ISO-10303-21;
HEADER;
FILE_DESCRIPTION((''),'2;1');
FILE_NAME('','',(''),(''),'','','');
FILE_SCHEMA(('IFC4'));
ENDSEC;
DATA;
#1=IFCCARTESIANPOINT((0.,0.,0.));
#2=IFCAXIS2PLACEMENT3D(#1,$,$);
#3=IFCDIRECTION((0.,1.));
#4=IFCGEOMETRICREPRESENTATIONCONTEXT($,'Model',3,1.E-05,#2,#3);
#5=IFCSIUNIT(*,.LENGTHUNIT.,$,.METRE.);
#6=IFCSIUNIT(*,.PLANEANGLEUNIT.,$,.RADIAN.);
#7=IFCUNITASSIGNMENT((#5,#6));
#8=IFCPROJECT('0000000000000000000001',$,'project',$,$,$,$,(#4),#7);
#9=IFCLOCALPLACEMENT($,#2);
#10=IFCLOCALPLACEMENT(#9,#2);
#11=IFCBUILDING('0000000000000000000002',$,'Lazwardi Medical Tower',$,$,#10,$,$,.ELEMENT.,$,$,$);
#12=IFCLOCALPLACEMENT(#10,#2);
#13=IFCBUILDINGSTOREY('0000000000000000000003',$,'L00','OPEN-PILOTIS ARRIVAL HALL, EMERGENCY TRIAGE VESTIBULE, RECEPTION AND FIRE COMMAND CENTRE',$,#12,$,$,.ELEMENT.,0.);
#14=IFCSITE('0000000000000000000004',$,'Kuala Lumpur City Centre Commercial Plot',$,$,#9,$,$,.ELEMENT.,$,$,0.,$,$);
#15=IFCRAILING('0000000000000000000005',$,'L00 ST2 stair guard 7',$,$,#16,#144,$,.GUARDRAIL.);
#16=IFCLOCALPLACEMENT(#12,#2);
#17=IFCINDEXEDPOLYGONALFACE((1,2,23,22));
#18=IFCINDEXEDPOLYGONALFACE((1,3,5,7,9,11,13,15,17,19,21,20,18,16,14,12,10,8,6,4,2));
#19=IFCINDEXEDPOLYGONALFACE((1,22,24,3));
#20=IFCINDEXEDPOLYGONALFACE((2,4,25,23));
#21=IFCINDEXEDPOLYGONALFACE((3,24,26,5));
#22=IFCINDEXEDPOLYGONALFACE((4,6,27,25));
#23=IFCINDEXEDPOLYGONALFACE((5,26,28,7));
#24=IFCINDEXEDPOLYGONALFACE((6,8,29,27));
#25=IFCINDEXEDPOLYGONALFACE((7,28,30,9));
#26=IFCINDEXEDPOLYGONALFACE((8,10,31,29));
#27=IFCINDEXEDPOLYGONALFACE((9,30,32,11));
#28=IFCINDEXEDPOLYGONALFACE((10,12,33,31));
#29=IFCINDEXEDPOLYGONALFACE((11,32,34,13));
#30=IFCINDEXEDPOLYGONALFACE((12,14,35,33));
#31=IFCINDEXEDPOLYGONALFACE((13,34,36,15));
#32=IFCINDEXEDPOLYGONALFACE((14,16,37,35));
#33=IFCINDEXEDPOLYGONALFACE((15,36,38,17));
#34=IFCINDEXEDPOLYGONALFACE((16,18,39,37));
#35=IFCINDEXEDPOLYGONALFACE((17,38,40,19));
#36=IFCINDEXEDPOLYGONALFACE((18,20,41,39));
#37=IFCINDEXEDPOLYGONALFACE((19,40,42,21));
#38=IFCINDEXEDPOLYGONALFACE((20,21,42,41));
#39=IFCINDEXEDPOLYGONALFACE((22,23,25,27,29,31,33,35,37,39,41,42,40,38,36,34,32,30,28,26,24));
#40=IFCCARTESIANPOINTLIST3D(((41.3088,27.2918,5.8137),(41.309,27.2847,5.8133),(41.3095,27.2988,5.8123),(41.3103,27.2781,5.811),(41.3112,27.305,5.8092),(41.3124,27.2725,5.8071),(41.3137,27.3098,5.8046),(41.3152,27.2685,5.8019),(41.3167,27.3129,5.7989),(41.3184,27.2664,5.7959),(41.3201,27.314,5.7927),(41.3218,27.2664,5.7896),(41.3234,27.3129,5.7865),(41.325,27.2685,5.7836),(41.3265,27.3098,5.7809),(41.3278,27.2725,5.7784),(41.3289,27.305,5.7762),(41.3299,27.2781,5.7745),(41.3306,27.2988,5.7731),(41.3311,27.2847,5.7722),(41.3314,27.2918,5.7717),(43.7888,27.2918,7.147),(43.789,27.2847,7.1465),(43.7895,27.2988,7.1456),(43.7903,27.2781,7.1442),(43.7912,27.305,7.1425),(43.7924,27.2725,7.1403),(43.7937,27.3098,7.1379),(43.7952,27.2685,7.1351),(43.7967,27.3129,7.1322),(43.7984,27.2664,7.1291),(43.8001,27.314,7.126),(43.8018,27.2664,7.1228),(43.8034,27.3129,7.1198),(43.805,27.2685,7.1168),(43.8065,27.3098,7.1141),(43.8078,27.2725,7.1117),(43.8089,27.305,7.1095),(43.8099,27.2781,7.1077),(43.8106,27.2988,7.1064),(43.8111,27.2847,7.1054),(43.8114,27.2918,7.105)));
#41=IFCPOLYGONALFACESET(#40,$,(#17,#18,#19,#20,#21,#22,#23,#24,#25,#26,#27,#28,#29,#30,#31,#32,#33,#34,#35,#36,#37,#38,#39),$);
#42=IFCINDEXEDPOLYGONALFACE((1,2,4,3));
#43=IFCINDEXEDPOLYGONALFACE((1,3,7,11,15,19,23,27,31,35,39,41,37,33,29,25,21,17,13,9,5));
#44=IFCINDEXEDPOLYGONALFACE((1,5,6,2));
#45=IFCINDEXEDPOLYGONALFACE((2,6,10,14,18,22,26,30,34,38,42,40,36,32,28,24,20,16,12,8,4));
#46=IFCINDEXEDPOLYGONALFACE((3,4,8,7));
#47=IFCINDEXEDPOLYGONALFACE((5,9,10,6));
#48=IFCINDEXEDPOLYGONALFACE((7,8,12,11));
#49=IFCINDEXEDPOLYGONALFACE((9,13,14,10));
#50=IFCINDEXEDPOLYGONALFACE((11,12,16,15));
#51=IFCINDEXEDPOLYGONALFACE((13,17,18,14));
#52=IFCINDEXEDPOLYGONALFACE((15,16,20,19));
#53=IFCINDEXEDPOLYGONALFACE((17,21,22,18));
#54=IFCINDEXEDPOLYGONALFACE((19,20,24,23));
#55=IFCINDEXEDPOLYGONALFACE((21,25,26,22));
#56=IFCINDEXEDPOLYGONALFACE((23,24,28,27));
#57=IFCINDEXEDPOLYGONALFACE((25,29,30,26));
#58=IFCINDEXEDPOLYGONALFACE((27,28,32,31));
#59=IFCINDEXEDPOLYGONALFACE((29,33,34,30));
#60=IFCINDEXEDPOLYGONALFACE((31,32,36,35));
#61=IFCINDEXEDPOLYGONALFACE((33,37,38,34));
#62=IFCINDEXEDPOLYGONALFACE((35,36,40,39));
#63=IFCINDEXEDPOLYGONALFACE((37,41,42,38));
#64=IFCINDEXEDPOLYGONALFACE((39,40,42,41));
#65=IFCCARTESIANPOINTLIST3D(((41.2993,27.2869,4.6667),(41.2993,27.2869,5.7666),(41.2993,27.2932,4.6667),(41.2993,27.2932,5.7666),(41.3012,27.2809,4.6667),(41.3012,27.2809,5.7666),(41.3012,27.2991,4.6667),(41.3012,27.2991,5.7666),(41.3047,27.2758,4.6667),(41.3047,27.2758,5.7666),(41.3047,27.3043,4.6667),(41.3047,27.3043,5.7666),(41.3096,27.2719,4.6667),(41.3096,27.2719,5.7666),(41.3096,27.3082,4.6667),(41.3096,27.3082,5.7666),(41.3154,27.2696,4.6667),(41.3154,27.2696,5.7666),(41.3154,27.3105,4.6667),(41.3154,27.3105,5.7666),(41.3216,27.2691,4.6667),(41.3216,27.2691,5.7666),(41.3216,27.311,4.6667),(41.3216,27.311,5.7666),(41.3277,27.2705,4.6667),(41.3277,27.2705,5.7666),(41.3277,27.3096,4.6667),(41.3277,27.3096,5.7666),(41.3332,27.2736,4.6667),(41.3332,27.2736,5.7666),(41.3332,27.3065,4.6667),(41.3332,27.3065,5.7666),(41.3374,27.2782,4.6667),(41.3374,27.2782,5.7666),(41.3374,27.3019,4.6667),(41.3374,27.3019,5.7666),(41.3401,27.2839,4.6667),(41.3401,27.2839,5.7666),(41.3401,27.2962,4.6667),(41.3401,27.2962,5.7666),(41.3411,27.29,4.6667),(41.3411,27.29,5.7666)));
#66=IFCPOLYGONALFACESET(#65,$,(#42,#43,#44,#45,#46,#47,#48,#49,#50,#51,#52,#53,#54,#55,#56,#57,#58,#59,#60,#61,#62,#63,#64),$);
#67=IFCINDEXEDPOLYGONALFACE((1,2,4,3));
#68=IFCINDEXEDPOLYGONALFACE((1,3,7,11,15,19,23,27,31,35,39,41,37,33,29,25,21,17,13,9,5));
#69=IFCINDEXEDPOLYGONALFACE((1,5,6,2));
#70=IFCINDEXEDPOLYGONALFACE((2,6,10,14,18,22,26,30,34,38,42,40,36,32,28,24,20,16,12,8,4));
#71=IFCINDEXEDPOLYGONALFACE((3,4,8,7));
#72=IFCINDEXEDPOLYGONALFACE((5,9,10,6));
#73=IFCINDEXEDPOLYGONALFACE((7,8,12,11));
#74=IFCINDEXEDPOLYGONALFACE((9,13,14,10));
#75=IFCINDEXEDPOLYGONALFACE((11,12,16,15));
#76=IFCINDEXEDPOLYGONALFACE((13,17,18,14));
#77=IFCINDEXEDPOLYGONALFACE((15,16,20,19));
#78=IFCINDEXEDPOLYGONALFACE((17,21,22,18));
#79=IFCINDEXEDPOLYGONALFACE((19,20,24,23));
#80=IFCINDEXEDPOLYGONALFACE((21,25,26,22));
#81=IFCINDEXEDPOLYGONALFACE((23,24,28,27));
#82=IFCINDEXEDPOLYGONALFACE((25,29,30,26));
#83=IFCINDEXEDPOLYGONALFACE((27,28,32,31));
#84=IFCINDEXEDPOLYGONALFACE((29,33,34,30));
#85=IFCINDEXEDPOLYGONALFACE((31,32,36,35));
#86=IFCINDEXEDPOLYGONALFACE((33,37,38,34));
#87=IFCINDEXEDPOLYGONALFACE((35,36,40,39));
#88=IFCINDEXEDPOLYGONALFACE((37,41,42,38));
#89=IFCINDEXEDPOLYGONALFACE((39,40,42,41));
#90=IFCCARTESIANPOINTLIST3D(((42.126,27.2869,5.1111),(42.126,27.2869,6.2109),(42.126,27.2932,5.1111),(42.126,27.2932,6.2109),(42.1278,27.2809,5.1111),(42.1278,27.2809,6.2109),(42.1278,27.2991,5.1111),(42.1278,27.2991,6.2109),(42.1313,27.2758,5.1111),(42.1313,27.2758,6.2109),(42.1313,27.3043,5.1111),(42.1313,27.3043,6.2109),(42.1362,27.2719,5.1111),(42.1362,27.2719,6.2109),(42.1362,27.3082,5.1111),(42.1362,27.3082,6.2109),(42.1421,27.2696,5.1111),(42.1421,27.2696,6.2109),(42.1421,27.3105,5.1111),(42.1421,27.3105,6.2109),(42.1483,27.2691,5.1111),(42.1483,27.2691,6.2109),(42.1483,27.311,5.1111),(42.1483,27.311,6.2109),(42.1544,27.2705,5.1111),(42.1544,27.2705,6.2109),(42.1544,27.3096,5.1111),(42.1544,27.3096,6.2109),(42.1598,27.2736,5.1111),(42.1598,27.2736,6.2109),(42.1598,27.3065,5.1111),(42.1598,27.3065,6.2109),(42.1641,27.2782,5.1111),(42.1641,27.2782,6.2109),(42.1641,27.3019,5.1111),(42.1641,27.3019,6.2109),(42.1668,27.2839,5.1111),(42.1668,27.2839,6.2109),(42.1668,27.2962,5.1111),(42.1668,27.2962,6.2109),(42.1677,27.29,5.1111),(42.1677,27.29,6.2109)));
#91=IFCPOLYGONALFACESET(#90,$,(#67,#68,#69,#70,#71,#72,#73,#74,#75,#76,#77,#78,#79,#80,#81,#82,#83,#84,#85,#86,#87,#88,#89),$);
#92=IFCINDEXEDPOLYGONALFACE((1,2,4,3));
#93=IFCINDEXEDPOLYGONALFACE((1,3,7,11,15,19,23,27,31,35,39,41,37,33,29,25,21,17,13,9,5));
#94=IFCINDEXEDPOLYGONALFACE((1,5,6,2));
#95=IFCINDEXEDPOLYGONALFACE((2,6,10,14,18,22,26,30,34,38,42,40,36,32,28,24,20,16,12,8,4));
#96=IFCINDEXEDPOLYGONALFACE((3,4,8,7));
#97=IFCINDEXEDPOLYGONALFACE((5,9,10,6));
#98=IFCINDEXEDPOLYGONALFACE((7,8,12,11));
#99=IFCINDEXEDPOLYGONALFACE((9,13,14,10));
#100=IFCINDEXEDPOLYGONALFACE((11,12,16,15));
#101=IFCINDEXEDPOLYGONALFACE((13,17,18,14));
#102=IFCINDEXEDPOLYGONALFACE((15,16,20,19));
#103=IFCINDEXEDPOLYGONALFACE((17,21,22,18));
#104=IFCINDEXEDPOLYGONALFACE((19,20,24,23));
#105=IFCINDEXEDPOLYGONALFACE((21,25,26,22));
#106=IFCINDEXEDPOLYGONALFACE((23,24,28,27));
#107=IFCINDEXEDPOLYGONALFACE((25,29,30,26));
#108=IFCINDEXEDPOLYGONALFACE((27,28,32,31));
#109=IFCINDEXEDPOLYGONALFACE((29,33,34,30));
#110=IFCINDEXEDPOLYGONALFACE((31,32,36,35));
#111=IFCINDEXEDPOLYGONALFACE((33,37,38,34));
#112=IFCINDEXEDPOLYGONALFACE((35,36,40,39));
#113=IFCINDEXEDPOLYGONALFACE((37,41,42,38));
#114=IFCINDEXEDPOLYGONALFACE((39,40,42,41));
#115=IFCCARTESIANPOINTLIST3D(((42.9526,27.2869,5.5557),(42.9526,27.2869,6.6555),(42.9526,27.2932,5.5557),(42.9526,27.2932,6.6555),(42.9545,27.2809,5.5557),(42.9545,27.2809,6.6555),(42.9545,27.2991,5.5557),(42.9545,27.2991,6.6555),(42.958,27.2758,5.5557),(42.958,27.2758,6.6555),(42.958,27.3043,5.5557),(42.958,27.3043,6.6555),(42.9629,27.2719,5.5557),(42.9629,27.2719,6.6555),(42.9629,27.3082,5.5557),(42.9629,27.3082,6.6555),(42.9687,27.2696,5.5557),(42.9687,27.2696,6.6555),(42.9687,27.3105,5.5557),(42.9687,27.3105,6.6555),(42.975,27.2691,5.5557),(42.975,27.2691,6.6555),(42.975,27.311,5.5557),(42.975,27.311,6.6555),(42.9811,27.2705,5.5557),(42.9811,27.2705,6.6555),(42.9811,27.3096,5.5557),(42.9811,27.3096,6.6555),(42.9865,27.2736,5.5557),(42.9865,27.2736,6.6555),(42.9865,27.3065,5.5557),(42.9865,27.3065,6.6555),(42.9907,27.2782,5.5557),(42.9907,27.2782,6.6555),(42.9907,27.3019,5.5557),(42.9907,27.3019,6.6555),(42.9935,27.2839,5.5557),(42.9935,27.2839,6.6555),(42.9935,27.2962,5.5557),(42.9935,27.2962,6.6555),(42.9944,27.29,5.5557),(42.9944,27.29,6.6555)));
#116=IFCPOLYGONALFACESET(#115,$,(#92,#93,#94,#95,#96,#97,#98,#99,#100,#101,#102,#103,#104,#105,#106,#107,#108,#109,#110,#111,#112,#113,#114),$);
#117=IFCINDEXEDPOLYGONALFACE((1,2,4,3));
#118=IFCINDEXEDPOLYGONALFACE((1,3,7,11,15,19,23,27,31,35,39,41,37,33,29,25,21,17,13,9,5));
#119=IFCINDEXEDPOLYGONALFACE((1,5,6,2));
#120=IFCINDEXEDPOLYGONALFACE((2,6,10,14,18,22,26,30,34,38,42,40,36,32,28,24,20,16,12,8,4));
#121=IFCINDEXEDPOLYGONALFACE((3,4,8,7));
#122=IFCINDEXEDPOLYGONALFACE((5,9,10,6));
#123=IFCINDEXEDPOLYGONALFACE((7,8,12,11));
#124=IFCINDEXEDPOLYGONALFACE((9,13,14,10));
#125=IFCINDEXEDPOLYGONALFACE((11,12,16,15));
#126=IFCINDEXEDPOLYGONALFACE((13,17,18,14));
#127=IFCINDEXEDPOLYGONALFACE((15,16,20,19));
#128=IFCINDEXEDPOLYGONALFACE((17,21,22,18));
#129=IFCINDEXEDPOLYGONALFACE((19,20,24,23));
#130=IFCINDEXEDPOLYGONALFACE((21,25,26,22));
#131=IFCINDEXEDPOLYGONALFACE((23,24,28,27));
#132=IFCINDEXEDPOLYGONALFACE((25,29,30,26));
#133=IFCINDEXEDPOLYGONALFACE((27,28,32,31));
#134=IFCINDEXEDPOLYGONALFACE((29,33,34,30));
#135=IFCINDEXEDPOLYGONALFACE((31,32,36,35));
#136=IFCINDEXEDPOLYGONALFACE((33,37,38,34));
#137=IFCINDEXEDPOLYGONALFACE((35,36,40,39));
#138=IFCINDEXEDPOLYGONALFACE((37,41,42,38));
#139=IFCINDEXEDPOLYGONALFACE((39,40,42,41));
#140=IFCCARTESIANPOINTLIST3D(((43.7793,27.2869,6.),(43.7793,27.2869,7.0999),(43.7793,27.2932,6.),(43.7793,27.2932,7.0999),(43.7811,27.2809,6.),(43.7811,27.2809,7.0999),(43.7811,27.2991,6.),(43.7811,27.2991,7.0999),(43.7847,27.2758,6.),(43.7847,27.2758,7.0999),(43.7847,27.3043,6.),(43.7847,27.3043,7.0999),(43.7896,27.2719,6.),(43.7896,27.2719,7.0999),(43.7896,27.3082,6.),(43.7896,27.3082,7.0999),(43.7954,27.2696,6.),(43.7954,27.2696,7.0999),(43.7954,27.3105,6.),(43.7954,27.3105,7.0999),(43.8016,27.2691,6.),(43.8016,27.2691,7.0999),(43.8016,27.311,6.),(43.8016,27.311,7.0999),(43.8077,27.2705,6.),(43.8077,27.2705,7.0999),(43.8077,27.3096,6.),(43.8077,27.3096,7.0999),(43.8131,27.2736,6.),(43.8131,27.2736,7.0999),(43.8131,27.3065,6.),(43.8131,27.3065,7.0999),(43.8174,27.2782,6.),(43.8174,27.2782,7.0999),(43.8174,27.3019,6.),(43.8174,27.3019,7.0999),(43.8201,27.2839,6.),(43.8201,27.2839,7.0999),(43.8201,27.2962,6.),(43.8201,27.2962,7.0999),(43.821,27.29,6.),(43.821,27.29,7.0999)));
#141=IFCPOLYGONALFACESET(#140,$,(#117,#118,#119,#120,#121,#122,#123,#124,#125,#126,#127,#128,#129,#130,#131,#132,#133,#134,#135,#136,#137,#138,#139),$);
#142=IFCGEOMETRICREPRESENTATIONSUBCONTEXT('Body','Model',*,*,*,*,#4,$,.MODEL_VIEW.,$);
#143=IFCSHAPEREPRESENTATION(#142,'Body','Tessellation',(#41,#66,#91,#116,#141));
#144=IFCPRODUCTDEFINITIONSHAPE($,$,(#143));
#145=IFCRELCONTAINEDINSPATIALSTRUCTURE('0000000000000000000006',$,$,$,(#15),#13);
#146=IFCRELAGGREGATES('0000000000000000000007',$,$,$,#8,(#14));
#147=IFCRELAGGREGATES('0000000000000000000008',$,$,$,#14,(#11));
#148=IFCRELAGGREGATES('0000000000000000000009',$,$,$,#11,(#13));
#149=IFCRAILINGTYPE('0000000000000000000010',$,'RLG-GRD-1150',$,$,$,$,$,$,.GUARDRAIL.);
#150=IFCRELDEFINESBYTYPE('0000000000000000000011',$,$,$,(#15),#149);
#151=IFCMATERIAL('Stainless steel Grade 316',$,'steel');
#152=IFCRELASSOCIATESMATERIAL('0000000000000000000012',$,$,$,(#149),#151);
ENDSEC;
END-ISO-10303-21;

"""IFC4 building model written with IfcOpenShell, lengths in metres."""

from ifc_helpers import new_model, si_unit, direction, frame, origin, origin_2d, place, context, subcontext, project, spatial, circle, extrude, material, type_object, element, save


model = new_model("IFC4")

# Units and contexts
model_context = context("Model", 3, precision=1e-05, world=origin(), true_north=direction((0.0, 1.0)))
body_context = subcontext(model_context, "Body", "Model", "MODEL_VIEW")
ifc_project = project(units=[si_unit("LENGTHUNIT", "METRE"), si_unit("PLANEANGLEUNIT", "RADIAN")], contexts=[model_context])

# Site, building, storey
site_placement = place(None, origin())
site = spatial("IfcSite", under=ifc_project, at=site_placement, Name="Kuala Lumpur City Centre Commercial Plot", CompositionType="ELEMENT", RefElevation=0.0)
building_placement = place(site_placement, origin())
building = spatial("IfcBuilding", under=site, at=building_placement, Name="Lazwardi Medical Tower", CompositionType="ELEMENT")
storey_placement = place(building_placement, origin())
storey = spatial("IfcBuildingStorey", under=building, at=storey_placement, Name="L00", Description="OPEN-PILOTIS ARRIVAL HALL, EMERGENCY TRIAGE VESTIBULE, RECEPTION AND FIRE COMMAND CENTRE", CompositionType="ELEMENT", Elevation=0.0)

# Railing
ifc_material_1 = material(Name="Stainless steel Grade 316", Category="steel")
railing_type_1 = type_object("IfcRailingType", Name="RLG-GRD-1150", PredefinedType="GUARDRAIL", material=ifc_material_1)
railing_1_placement = place(storey_placement, frame((41.3201, 27.29, 4.6667)))
element("IfcRailing", 1, at=railing_1_placement, inside=storey, type_object=railing_type_1, Name="L00 ST2 stair guard 7", PredefinedType="GUARDRAIL", context=body_context, shape_type="SweptSolid", body=[
    extrude(circle(Radius=0.0239, at=origin_2d()), frame((0.0, 0.0, 1.126), z_axis=(0.880786, 0.0, 0.473515), x_axis=(0.0, 1.0, 0.0)), (0.0, 0.0, 1.0), 2.8157),
    extrude(circle(Radius=0.021, at=origin_2d()), origin(), (0.0, 0.0, 1.0), 1.0999),
    extrude(circle(Radius=0.021, at=origin_2d()), frame((0.8267, 0.0, 0.4443)), (0.0, 0.0, 1.0), 1.0999),
    extrude(circle(Radius=0.021, at=origin_2d()), frame((1.6533, 0.0, 0.8889)), (0.0, 0.0, 1.0), 1.0999),
    extrude(circle(Radius=0.021, at=origin_2d()), frame((2.48, 0.0, 1.3333)), (0.0, 0.0, 1.0), 1.0999),
])

save(model, "model.ifc")
